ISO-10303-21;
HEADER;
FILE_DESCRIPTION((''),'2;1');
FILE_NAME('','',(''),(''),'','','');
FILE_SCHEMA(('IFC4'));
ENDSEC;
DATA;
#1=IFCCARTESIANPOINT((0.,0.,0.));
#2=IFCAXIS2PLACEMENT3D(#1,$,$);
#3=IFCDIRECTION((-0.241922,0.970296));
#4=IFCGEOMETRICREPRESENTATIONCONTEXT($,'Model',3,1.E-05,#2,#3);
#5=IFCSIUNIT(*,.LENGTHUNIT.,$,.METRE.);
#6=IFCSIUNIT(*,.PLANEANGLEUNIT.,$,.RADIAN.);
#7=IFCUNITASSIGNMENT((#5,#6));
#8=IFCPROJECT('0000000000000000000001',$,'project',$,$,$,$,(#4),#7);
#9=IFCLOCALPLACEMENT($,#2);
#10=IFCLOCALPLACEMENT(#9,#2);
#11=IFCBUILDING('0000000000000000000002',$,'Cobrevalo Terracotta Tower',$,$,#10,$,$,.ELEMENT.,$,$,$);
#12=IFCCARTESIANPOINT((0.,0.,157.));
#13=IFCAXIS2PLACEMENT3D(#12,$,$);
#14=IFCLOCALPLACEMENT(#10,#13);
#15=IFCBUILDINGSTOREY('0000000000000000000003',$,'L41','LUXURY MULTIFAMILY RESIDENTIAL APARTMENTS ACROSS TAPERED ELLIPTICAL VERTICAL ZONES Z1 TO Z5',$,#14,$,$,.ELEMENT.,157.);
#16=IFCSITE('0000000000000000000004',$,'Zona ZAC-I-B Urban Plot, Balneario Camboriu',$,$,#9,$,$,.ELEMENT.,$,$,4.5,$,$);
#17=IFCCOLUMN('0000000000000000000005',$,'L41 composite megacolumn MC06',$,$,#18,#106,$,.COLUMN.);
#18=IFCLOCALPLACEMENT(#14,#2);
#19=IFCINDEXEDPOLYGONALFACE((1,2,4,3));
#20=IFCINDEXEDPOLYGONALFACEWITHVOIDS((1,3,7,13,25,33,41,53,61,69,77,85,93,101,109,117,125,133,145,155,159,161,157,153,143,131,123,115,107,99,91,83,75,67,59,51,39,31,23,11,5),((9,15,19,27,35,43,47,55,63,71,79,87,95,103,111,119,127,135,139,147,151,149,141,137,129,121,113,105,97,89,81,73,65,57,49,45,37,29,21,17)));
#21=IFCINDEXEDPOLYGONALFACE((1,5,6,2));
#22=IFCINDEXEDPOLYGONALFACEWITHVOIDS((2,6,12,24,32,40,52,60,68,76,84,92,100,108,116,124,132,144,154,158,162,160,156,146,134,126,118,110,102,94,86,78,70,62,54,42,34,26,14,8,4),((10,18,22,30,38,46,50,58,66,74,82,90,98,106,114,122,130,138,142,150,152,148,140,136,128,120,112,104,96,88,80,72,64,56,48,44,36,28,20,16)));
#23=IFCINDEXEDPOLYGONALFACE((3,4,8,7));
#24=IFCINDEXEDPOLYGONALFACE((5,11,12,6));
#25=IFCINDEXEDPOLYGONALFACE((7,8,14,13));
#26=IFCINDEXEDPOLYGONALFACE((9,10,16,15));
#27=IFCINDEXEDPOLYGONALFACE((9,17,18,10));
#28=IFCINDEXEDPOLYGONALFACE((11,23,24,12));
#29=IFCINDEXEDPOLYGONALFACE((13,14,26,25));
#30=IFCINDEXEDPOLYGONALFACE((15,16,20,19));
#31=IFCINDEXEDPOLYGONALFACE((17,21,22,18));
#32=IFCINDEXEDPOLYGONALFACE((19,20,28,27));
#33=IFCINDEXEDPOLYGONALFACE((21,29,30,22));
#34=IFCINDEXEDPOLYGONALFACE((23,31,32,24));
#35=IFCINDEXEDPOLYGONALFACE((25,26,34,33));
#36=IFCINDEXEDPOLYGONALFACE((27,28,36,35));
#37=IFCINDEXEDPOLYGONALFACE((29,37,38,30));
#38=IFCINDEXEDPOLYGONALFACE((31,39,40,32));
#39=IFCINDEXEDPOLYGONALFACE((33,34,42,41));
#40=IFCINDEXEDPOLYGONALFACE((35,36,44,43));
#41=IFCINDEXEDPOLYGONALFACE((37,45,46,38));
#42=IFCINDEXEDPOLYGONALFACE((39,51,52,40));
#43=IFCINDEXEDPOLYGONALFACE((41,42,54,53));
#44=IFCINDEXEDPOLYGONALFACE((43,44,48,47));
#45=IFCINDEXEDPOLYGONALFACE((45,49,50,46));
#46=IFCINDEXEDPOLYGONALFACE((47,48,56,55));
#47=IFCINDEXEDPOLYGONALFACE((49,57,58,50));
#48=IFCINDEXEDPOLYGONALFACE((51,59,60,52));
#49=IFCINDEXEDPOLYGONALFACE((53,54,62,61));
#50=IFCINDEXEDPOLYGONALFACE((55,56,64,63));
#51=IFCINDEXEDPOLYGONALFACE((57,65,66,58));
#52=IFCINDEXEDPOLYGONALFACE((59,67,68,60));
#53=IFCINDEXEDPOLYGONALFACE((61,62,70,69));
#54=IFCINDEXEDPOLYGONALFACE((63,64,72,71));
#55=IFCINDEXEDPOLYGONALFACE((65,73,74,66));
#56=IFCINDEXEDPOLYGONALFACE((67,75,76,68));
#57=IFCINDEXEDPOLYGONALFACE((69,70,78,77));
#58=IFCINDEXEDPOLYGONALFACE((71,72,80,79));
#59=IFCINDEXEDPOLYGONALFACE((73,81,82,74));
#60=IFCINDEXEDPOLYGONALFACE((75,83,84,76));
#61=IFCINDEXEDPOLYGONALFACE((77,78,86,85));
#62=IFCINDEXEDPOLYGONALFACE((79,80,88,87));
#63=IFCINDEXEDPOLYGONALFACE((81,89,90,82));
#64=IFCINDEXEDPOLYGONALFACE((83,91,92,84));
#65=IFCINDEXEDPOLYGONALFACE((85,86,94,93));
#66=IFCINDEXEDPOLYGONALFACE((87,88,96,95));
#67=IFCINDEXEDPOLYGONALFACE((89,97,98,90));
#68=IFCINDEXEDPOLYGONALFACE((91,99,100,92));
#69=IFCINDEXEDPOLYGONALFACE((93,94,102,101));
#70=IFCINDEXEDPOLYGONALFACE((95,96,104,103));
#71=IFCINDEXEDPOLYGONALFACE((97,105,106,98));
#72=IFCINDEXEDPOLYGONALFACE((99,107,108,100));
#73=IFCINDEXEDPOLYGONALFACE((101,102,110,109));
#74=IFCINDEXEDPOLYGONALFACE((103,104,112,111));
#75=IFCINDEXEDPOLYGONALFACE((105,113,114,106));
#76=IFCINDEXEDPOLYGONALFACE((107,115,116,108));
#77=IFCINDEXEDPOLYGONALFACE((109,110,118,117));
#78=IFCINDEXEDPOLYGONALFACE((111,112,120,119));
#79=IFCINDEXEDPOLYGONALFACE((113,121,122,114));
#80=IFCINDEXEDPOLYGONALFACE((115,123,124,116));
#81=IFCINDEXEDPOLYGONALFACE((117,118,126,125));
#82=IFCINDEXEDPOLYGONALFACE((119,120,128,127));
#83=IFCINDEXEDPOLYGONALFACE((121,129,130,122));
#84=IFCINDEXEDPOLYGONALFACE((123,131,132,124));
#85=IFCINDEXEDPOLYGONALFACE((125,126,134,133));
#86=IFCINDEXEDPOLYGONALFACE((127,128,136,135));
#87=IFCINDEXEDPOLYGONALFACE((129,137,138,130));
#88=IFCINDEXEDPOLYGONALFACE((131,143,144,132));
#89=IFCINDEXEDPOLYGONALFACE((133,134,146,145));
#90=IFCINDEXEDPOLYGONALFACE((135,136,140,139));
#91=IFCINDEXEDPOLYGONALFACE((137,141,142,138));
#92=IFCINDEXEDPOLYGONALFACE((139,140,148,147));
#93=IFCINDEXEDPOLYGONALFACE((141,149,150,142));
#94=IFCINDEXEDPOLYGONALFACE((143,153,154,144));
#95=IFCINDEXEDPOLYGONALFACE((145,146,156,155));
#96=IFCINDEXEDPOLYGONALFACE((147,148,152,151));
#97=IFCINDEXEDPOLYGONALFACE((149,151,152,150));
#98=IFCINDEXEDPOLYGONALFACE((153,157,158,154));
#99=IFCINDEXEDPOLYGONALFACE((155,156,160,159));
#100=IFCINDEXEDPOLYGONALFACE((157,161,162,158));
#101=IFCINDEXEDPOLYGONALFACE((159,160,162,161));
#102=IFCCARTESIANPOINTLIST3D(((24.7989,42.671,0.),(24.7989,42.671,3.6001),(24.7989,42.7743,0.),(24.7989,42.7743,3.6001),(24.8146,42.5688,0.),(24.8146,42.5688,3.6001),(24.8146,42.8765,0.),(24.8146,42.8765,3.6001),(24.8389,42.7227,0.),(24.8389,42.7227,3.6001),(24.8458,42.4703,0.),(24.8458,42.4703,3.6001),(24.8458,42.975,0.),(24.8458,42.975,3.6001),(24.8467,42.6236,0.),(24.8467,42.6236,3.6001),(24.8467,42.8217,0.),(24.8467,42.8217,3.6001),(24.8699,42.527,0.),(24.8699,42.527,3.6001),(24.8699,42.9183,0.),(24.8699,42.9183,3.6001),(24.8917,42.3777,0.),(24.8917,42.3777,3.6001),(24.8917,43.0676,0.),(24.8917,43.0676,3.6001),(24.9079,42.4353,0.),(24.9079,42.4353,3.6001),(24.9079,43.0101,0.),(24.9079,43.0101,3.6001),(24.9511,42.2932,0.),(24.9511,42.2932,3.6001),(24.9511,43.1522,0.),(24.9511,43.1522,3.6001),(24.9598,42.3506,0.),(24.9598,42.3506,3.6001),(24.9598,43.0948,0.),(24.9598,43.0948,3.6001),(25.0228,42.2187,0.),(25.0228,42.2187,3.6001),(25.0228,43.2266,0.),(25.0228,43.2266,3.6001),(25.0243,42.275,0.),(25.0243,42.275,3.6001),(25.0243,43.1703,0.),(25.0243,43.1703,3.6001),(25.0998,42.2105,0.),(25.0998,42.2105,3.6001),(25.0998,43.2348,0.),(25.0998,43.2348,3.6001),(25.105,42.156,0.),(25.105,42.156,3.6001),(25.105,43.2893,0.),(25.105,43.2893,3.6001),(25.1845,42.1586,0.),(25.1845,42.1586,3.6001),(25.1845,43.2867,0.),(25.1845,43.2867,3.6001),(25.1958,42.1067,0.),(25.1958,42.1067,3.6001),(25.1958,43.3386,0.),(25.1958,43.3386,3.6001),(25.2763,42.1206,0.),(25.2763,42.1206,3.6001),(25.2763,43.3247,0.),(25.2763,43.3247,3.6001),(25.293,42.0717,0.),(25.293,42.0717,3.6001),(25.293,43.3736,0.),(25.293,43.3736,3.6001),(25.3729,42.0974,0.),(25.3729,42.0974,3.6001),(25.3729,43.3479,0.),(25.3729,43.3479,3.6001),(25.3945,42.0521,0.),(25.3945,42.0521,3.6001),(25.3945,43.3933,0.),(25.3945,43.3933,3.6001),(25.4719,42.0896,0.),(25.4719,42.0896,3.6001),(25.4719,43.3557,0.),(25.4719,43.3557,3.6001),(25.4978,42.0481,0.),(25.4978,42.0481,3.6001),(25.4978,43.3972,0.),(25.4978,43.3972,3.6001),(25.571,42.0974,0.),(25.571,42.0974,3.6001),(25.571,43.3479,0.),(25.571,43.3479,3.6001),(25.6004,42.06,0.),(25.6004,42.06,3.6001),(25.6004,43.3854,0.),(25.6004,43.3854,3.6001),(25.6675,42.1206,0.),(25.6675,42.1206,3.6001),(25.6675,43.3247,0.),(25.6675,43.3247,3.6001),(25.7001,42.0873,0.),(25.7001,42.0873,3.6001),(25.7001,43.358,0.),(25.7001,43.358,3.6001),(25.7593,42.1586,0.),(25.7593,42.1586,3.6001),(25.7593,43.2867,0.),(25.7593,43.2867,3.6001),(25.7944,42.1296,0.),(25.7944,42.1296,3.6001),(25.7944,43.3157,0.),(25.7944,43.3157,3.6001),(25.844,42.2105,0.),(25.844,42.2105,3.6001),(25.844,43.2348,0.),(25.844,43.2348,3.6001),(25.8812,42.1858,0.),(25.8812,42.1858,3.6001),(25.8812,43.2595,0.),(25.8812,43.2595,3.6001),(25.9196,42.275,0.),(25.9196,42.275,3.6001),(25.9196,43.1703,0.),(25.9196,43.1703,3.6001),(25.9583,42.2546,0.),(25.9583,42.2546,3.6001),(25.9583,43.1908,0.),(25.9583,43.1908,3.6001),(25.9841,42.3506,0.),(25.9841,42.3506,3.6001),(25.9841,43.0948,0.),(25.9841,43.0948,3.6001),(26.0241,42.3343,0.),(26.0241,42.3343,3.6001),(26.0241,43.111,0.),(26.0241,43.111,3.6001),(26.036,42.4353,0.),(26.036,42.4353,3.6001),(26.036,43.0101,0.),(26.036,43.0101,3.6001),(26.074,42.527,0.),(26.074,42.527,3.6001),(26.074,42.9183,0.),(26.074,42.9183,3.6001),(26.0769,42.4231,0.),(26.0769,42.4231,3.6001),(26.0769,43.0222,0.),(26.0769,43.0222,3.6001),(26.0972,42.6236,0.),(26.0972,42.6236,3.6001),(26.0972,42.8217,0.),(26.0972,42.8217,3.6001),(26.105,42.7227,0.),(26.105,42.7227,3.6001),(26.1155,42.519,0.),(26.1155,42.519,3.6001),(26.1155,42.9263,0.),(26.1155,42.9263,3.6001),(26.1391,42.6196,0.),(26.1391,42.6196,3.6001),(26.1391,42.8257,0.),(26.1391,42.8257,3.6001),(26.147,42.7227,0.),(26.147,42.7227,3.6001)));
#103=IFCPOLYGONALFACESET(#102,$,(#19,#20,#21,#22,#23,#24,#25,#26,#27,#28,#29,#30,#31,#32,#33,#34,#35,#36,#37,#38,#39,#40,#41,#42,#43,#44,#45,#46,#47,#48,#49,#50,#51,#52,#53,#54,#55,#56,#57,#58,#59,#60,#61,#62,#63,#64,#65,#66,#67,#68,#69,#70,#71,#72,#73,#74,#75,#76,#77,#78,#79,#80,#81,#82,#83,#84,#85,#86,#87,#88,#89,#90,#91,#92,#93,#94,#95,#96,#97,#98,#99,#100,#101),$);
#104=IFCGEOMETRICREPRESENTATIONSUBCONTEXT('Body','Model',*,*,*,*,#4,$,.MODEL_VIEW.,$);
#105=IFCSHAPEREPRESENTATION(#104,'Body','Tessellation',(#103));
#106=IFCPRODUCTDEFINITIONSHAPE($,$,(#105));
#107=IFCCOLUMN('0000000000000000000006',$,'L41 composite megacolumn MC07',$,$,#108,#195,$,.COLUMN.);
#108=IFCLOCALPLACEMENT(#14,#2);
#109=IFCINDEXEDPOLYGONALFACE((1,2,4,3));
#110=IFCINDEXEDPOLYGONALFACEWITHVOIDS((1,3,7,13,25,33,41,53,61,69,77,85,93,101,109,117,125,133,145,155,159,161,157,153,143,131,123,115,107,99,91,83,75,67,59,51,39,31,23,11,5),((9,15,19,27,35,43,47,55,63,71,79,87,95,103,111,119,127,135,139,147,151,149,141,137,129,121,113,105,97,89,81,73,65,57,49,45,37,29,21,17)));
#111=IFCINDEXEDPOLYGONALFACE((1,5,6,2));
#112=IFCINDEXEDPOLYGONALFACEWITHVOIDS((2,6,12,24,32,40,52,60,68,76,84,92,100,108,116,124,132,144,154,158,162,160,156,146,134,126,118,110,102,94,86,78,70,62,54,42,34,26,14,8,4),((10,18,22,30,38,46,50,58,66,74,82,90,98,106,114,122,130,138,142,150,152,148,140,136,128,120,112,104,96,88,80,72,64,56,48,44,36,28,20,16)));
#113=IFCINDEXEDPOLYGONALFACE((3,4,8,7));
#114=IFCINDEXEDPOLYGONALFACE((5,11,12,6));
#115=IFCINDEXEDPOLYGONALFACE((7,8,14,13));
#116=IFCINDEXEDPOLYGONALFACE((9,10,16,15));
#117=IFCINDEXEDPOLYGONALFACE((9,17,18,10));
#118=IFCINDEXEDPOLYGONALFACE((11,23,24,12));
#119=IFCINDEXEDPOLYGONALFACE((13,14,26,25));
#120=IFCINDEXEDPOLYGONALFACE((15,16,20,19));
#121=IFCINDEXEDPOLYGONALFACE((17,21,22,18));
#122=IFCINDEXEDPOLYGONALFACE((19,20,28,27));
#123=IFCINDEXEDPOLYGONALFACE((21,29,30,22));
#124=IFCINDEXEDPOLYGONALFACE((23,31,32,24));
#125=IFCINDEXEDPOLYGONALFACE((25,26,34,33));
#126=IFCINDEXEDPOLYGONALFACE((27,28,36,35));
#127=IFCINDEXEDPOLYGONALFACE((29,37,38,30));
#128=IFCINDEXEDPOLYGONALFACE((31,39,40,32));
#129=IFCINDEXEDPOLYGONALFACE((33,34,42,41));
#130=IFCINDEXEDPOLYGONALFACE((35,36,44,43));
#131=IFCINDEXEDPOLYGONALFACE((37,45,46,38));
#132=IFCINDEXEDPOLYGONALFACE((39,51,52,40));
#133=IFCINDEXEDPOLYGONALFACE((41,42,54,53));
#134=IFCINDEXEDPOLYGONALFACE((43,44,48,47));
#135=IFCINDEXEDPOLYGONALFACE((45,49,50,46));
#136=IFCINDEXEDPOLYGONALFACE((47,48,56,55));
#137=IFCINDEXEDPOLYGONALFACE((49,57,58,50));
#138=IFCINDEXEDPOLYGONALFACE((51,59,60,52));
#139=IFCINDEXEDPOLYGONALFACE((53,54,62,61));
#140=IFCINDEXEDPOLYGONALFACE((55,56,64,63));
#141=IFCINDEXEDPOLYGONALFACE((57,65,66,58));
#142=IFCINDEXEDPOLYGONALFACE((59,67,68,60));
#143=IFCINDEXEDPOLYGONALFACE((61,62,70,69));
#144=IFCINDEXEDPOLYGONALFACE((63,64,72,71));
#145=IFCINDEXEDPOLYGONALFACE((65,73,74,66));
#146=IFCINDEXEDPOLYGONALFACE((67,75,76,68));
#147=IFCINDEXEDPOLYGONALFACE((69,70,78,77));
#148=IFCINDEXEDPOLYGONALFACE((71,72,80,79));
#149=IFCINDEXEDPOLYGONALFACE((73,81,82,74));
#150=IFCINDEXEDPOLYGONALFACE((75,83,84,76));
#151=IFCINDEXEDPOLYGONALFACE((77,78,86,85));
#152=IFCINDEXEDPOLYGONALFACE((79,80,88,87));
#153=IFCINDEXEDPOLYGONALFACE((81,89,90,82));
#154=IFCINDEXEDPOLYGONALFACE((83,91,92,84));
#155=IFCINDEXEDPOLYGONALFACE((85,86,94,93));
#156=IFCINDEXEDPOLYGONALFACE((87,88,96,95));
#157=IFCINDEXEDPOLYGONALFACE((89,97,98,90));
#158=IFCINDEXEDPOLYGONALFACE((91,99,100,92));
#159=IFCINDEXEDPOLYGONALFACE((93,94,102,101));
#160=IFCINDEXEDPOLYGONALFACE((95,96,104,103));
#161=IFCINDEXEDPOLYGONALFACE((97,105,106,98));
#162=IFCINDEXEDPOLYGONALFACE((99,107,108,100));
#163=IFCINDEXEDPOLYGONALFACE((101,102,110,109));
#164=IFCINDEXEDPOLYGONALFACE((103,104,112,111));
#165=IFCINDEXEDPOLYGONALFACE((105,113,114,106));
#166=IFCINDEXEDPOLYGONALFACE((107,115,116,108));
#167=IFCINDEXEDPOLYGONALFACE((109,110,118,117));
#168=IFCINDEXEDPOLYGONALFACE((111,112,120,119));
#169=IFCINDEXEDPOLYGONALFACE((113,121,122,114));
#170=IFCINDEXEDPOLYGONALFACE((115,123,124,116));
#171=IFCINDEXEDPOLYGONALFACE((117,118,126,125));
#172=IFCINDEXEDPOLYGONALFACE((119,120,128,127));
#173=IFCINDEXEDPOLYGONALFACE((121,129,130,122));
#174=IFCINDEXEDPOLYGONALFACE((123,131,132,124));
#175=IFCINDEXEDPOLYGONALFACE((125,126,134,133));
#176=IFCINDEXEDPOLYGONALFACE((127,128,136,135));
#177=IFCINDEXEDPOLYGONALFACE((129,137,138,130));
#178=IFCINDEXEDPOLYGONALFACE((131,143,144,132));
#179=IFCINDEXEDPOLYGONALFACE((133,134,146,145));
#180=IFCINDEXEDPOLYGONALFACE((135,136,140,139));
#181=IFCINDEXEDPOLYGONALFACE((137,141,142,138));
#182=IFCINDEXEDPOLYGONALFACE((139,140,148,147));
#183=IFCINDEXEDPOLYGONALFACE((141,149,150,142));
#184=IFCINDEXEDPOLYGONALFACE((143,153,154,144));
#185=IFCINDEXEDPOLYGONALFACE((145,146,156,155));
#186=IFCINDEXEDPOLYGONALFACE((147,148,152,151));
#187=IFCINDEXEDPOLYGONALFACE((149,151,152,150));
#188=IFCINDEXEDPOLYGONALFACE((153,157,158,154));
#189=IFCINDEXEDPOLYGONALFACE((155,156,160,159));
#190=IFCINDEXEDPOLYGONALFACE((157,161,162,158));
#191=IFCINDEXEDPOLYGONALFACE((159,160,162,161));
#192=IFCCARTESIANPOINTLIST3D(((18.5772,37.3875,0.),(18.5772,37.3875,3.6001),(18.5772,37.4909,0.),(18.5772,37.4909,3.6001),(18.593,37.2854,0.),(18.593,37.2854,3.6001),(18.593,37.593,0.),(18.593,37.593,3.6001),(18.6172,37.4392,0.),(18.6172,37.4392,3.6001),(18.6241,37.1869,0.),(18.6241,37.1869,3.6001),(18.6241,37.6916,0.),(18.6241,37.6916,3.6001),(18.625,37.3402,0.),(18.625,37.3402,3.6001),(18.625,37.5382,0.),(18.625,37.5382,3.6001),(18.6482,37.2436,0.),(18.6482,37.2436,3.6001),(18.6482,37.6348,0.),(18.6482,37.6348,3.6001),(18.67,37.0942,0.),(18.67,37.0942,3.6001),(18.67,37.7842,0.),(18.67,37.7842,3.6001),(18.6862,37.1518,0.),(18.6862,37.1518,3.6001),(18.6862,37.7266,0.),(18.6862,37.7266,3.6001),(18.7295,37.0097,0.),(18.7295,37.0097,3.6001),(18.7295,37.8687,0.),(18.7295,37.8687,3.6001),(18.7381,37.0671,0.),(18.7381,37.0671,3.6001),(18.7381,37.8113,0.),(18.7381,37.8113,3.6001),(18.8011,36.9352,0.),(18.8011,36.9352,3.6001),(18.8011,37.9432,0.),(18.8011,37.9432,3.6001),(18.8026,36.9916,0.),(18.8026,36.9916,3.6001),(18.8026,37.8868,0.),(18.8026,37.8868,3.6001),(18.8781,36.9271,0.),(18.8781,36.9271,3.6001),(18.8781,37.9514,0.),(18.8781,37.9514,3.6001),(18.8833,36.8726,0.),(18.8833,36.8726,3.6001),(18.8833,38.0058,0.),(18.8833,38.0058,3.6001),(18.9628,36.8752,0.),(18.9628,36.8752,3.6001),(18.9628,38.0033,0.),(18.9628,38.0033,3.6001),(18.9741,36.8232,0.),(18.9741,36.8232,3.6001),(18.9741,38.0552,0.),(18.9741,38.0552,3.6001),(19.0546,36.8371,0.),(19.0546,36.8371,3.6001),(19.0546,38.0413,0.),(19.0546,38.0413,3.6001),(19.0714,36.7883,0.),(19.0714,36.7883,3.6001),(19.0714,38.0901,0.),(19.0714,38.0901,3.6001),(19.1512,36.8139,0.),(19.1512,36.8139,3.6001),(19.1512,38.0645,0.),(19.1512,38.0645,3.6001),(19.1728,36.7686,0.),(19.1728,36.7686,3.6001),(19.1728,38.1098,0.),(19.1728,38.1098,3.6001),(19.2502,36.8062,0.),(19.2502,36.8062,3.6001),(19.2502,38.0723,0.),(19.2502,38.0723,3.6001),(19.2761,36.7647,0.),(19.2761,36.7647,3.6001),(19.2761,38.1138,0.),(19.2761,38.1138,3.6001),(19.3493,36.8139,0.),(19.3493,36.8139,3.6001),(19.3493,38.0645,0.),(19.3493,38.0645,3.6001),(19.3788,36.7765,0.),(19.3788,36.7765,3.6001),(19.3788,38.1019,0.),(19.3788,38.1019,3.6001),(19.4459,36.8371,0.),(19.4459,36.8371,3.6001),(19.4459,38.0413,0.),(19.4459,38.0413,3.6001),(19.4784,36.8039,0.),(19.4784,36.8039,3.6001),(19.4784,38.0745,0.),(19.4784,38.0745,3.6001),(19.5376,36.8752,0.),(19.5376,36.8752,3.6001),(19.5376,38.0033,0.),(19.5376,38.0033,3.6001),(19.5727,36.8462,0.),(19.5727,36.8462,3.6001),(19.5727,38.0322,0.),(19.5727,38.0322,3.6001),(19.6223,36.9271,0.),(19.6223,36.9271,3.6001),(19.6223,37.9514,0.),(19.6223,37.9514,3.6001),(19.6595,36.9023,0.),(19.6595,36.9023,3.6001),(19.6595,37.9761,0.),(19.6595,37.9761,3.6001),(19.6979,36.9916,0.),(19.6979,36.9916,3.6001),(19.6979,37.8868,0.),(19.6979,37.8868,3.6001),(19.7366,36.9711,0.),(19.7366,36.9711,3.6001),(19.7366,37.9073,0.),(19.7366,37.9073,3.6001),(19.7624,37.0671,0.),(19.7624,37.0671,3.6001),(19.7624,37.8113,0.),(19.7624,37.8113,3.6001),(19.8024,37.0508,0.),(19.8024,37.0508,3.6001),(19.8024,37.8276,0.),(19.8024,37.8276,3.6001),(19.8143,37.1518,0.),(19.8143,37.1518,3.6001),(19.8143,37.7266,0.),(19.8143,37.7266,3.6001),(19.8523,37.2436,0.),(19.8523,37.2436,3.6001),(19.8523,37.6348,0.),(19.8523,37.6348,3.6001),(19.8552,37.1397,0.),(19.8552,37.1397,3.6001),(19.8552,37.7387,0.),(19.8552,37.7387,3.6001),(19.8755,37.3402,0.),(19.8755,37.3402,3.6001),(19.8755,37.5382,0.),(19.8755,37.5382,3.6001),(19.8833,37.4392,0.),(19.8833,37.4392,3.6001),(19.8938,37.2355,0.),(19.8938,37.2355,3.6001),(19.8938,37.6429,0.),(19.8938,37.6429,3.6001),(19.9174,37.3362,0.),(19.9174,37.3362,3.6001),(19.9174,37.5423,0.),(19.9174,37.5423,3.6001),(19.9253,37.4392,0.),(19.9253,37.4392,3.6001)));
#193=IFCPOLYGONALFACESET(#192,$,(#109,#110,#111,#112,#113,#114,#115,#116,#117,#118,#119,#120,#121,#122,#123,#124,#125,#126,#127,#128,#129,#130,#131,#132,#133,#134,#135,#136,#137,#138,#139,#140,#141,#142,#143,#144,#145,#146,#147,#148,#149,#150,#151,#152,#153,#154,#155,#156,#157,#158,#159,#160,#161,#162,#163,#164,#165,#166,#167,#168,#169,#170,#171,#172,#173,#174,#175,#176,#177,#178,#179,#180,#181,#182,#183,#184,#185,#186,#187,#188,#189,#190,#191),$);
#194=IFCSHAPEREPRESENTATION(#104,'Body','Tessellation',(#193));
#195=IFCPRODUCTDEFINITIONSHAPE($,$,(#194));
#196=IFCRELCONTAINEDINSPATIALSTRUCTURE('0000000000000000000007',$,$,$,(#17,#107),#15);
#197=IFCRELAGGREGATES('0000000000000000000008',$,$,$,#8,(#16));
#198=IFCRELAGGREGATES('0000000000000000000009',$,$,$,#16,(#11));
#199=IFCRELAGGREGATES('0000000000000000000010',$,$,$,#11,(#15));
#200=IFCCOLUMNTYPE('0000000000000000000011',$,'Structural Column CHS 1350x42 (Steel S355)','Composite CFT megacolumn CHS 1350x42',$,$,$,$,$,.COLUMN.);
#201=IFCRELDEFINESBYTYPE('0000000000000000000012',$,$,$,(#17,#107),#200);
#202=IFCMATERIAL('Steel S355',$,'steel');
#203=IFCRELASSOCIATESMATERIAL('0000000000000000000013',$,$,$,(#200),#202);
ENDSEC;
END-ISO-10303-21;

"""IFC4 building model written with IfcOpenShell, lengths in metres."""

from ifc_helpers import new_model, si_unit, direction, frame, origin, origin_2d, place, context, subcontext, project, spatial, hollow_circle, extrude, material, material_profile, profile_set, type_object, element, save


model = new_model("IFC4")

# Units and contexts
model_context = context("Model", 3, precision=1e-05, world=origin(), true_north=direction((-0.241922, 0.970296)))
body_context = subcontext(model_context, "Body", "Model", "MODEL_VIEW")
ifc_project = project(units=[si_unit("LENGTHUNIT", "METRE"), si_unit("PLANEANGLEUNIT", "RADIAN")], contexts=[model_context])

# Site, building, storey
site_placement = place(None, origin())
site = spatial("IfcSite", under=ifc_project, at=site_placement, Name="Zona ZAC-I-B Urban Plot, Balneario Camboriu", CompositionType="ELEMENT", RefElevation=4.5)
building_placement = place(site_placement, origin())
building = spatial("IfcBuilding", under=site, at=building_placement, Name="Cobrevalo Terracotta Tower", CompositionType="ELEMENT")
storey_placement = place(building_placement, frame((0.0, 0.0, 157.0)))
storey = spatial("IfcBuildingStorey", under=building, at=storey_placement, Name="L41", Description="LUXURY MULTIFAMILY RESIDENTIAL APARTMENTS ACROSS TAPERED ELLIPTICAL VERTICAL ZONES Z1 TO Z5", CompositionType="ELEMENT", Elevation=157.0)

# Columns
ifc_material_1 = material(Name="Steel S355", Category="steel")
ifc_material_profile_1 = material_profile(ifc_material_1, hollow_circle(Radius=0.675, WallThickness=0.042, at=origin_2d()), Name="CHS 1350x42")
ifc_profile_set_1 = profile_set([ifc_material_profile_1], Name="Steel S355")
column_type = type_object("IfcColumnType", Name="Structural Column CHS 1350x42 (Steel S355)", Description="Composite CFT megacolumn CHS 1350x42", PredefinedType="COLUMN", material=ifc_profile_set_1)
for number, where, z_axis, x_axis, name in (
    (1, (25.4719, 42.7227, 0.0), (0.0, 0.0, 1.0), (1.0, 0.0, 0.0), "L41 composite megacolumn MC06"),
    (2, (19.2502, 37.4392, 0.0), (0.0, 0.0, 1.0), (1.0, 0.0, 0.0), "L41 composite megacolumn MC07"),
):
    element("IfcColumn", number, at=place(storey_placement, frame(where, z_axis=z_axis, x_axis=x_axis)), inside=storey, type_object=column_type, Name=name, PredefinedType="COLUMN", context=body_context, shape_type="SweptSolid", body=[
        extrude(hollow_circle(Radius=0.675, WallThickness=0.042, at=origin_2d()), origin(), (0.0, 0.0, 1.0), 3.6001),
    ])

save(model, "model.ifc")
